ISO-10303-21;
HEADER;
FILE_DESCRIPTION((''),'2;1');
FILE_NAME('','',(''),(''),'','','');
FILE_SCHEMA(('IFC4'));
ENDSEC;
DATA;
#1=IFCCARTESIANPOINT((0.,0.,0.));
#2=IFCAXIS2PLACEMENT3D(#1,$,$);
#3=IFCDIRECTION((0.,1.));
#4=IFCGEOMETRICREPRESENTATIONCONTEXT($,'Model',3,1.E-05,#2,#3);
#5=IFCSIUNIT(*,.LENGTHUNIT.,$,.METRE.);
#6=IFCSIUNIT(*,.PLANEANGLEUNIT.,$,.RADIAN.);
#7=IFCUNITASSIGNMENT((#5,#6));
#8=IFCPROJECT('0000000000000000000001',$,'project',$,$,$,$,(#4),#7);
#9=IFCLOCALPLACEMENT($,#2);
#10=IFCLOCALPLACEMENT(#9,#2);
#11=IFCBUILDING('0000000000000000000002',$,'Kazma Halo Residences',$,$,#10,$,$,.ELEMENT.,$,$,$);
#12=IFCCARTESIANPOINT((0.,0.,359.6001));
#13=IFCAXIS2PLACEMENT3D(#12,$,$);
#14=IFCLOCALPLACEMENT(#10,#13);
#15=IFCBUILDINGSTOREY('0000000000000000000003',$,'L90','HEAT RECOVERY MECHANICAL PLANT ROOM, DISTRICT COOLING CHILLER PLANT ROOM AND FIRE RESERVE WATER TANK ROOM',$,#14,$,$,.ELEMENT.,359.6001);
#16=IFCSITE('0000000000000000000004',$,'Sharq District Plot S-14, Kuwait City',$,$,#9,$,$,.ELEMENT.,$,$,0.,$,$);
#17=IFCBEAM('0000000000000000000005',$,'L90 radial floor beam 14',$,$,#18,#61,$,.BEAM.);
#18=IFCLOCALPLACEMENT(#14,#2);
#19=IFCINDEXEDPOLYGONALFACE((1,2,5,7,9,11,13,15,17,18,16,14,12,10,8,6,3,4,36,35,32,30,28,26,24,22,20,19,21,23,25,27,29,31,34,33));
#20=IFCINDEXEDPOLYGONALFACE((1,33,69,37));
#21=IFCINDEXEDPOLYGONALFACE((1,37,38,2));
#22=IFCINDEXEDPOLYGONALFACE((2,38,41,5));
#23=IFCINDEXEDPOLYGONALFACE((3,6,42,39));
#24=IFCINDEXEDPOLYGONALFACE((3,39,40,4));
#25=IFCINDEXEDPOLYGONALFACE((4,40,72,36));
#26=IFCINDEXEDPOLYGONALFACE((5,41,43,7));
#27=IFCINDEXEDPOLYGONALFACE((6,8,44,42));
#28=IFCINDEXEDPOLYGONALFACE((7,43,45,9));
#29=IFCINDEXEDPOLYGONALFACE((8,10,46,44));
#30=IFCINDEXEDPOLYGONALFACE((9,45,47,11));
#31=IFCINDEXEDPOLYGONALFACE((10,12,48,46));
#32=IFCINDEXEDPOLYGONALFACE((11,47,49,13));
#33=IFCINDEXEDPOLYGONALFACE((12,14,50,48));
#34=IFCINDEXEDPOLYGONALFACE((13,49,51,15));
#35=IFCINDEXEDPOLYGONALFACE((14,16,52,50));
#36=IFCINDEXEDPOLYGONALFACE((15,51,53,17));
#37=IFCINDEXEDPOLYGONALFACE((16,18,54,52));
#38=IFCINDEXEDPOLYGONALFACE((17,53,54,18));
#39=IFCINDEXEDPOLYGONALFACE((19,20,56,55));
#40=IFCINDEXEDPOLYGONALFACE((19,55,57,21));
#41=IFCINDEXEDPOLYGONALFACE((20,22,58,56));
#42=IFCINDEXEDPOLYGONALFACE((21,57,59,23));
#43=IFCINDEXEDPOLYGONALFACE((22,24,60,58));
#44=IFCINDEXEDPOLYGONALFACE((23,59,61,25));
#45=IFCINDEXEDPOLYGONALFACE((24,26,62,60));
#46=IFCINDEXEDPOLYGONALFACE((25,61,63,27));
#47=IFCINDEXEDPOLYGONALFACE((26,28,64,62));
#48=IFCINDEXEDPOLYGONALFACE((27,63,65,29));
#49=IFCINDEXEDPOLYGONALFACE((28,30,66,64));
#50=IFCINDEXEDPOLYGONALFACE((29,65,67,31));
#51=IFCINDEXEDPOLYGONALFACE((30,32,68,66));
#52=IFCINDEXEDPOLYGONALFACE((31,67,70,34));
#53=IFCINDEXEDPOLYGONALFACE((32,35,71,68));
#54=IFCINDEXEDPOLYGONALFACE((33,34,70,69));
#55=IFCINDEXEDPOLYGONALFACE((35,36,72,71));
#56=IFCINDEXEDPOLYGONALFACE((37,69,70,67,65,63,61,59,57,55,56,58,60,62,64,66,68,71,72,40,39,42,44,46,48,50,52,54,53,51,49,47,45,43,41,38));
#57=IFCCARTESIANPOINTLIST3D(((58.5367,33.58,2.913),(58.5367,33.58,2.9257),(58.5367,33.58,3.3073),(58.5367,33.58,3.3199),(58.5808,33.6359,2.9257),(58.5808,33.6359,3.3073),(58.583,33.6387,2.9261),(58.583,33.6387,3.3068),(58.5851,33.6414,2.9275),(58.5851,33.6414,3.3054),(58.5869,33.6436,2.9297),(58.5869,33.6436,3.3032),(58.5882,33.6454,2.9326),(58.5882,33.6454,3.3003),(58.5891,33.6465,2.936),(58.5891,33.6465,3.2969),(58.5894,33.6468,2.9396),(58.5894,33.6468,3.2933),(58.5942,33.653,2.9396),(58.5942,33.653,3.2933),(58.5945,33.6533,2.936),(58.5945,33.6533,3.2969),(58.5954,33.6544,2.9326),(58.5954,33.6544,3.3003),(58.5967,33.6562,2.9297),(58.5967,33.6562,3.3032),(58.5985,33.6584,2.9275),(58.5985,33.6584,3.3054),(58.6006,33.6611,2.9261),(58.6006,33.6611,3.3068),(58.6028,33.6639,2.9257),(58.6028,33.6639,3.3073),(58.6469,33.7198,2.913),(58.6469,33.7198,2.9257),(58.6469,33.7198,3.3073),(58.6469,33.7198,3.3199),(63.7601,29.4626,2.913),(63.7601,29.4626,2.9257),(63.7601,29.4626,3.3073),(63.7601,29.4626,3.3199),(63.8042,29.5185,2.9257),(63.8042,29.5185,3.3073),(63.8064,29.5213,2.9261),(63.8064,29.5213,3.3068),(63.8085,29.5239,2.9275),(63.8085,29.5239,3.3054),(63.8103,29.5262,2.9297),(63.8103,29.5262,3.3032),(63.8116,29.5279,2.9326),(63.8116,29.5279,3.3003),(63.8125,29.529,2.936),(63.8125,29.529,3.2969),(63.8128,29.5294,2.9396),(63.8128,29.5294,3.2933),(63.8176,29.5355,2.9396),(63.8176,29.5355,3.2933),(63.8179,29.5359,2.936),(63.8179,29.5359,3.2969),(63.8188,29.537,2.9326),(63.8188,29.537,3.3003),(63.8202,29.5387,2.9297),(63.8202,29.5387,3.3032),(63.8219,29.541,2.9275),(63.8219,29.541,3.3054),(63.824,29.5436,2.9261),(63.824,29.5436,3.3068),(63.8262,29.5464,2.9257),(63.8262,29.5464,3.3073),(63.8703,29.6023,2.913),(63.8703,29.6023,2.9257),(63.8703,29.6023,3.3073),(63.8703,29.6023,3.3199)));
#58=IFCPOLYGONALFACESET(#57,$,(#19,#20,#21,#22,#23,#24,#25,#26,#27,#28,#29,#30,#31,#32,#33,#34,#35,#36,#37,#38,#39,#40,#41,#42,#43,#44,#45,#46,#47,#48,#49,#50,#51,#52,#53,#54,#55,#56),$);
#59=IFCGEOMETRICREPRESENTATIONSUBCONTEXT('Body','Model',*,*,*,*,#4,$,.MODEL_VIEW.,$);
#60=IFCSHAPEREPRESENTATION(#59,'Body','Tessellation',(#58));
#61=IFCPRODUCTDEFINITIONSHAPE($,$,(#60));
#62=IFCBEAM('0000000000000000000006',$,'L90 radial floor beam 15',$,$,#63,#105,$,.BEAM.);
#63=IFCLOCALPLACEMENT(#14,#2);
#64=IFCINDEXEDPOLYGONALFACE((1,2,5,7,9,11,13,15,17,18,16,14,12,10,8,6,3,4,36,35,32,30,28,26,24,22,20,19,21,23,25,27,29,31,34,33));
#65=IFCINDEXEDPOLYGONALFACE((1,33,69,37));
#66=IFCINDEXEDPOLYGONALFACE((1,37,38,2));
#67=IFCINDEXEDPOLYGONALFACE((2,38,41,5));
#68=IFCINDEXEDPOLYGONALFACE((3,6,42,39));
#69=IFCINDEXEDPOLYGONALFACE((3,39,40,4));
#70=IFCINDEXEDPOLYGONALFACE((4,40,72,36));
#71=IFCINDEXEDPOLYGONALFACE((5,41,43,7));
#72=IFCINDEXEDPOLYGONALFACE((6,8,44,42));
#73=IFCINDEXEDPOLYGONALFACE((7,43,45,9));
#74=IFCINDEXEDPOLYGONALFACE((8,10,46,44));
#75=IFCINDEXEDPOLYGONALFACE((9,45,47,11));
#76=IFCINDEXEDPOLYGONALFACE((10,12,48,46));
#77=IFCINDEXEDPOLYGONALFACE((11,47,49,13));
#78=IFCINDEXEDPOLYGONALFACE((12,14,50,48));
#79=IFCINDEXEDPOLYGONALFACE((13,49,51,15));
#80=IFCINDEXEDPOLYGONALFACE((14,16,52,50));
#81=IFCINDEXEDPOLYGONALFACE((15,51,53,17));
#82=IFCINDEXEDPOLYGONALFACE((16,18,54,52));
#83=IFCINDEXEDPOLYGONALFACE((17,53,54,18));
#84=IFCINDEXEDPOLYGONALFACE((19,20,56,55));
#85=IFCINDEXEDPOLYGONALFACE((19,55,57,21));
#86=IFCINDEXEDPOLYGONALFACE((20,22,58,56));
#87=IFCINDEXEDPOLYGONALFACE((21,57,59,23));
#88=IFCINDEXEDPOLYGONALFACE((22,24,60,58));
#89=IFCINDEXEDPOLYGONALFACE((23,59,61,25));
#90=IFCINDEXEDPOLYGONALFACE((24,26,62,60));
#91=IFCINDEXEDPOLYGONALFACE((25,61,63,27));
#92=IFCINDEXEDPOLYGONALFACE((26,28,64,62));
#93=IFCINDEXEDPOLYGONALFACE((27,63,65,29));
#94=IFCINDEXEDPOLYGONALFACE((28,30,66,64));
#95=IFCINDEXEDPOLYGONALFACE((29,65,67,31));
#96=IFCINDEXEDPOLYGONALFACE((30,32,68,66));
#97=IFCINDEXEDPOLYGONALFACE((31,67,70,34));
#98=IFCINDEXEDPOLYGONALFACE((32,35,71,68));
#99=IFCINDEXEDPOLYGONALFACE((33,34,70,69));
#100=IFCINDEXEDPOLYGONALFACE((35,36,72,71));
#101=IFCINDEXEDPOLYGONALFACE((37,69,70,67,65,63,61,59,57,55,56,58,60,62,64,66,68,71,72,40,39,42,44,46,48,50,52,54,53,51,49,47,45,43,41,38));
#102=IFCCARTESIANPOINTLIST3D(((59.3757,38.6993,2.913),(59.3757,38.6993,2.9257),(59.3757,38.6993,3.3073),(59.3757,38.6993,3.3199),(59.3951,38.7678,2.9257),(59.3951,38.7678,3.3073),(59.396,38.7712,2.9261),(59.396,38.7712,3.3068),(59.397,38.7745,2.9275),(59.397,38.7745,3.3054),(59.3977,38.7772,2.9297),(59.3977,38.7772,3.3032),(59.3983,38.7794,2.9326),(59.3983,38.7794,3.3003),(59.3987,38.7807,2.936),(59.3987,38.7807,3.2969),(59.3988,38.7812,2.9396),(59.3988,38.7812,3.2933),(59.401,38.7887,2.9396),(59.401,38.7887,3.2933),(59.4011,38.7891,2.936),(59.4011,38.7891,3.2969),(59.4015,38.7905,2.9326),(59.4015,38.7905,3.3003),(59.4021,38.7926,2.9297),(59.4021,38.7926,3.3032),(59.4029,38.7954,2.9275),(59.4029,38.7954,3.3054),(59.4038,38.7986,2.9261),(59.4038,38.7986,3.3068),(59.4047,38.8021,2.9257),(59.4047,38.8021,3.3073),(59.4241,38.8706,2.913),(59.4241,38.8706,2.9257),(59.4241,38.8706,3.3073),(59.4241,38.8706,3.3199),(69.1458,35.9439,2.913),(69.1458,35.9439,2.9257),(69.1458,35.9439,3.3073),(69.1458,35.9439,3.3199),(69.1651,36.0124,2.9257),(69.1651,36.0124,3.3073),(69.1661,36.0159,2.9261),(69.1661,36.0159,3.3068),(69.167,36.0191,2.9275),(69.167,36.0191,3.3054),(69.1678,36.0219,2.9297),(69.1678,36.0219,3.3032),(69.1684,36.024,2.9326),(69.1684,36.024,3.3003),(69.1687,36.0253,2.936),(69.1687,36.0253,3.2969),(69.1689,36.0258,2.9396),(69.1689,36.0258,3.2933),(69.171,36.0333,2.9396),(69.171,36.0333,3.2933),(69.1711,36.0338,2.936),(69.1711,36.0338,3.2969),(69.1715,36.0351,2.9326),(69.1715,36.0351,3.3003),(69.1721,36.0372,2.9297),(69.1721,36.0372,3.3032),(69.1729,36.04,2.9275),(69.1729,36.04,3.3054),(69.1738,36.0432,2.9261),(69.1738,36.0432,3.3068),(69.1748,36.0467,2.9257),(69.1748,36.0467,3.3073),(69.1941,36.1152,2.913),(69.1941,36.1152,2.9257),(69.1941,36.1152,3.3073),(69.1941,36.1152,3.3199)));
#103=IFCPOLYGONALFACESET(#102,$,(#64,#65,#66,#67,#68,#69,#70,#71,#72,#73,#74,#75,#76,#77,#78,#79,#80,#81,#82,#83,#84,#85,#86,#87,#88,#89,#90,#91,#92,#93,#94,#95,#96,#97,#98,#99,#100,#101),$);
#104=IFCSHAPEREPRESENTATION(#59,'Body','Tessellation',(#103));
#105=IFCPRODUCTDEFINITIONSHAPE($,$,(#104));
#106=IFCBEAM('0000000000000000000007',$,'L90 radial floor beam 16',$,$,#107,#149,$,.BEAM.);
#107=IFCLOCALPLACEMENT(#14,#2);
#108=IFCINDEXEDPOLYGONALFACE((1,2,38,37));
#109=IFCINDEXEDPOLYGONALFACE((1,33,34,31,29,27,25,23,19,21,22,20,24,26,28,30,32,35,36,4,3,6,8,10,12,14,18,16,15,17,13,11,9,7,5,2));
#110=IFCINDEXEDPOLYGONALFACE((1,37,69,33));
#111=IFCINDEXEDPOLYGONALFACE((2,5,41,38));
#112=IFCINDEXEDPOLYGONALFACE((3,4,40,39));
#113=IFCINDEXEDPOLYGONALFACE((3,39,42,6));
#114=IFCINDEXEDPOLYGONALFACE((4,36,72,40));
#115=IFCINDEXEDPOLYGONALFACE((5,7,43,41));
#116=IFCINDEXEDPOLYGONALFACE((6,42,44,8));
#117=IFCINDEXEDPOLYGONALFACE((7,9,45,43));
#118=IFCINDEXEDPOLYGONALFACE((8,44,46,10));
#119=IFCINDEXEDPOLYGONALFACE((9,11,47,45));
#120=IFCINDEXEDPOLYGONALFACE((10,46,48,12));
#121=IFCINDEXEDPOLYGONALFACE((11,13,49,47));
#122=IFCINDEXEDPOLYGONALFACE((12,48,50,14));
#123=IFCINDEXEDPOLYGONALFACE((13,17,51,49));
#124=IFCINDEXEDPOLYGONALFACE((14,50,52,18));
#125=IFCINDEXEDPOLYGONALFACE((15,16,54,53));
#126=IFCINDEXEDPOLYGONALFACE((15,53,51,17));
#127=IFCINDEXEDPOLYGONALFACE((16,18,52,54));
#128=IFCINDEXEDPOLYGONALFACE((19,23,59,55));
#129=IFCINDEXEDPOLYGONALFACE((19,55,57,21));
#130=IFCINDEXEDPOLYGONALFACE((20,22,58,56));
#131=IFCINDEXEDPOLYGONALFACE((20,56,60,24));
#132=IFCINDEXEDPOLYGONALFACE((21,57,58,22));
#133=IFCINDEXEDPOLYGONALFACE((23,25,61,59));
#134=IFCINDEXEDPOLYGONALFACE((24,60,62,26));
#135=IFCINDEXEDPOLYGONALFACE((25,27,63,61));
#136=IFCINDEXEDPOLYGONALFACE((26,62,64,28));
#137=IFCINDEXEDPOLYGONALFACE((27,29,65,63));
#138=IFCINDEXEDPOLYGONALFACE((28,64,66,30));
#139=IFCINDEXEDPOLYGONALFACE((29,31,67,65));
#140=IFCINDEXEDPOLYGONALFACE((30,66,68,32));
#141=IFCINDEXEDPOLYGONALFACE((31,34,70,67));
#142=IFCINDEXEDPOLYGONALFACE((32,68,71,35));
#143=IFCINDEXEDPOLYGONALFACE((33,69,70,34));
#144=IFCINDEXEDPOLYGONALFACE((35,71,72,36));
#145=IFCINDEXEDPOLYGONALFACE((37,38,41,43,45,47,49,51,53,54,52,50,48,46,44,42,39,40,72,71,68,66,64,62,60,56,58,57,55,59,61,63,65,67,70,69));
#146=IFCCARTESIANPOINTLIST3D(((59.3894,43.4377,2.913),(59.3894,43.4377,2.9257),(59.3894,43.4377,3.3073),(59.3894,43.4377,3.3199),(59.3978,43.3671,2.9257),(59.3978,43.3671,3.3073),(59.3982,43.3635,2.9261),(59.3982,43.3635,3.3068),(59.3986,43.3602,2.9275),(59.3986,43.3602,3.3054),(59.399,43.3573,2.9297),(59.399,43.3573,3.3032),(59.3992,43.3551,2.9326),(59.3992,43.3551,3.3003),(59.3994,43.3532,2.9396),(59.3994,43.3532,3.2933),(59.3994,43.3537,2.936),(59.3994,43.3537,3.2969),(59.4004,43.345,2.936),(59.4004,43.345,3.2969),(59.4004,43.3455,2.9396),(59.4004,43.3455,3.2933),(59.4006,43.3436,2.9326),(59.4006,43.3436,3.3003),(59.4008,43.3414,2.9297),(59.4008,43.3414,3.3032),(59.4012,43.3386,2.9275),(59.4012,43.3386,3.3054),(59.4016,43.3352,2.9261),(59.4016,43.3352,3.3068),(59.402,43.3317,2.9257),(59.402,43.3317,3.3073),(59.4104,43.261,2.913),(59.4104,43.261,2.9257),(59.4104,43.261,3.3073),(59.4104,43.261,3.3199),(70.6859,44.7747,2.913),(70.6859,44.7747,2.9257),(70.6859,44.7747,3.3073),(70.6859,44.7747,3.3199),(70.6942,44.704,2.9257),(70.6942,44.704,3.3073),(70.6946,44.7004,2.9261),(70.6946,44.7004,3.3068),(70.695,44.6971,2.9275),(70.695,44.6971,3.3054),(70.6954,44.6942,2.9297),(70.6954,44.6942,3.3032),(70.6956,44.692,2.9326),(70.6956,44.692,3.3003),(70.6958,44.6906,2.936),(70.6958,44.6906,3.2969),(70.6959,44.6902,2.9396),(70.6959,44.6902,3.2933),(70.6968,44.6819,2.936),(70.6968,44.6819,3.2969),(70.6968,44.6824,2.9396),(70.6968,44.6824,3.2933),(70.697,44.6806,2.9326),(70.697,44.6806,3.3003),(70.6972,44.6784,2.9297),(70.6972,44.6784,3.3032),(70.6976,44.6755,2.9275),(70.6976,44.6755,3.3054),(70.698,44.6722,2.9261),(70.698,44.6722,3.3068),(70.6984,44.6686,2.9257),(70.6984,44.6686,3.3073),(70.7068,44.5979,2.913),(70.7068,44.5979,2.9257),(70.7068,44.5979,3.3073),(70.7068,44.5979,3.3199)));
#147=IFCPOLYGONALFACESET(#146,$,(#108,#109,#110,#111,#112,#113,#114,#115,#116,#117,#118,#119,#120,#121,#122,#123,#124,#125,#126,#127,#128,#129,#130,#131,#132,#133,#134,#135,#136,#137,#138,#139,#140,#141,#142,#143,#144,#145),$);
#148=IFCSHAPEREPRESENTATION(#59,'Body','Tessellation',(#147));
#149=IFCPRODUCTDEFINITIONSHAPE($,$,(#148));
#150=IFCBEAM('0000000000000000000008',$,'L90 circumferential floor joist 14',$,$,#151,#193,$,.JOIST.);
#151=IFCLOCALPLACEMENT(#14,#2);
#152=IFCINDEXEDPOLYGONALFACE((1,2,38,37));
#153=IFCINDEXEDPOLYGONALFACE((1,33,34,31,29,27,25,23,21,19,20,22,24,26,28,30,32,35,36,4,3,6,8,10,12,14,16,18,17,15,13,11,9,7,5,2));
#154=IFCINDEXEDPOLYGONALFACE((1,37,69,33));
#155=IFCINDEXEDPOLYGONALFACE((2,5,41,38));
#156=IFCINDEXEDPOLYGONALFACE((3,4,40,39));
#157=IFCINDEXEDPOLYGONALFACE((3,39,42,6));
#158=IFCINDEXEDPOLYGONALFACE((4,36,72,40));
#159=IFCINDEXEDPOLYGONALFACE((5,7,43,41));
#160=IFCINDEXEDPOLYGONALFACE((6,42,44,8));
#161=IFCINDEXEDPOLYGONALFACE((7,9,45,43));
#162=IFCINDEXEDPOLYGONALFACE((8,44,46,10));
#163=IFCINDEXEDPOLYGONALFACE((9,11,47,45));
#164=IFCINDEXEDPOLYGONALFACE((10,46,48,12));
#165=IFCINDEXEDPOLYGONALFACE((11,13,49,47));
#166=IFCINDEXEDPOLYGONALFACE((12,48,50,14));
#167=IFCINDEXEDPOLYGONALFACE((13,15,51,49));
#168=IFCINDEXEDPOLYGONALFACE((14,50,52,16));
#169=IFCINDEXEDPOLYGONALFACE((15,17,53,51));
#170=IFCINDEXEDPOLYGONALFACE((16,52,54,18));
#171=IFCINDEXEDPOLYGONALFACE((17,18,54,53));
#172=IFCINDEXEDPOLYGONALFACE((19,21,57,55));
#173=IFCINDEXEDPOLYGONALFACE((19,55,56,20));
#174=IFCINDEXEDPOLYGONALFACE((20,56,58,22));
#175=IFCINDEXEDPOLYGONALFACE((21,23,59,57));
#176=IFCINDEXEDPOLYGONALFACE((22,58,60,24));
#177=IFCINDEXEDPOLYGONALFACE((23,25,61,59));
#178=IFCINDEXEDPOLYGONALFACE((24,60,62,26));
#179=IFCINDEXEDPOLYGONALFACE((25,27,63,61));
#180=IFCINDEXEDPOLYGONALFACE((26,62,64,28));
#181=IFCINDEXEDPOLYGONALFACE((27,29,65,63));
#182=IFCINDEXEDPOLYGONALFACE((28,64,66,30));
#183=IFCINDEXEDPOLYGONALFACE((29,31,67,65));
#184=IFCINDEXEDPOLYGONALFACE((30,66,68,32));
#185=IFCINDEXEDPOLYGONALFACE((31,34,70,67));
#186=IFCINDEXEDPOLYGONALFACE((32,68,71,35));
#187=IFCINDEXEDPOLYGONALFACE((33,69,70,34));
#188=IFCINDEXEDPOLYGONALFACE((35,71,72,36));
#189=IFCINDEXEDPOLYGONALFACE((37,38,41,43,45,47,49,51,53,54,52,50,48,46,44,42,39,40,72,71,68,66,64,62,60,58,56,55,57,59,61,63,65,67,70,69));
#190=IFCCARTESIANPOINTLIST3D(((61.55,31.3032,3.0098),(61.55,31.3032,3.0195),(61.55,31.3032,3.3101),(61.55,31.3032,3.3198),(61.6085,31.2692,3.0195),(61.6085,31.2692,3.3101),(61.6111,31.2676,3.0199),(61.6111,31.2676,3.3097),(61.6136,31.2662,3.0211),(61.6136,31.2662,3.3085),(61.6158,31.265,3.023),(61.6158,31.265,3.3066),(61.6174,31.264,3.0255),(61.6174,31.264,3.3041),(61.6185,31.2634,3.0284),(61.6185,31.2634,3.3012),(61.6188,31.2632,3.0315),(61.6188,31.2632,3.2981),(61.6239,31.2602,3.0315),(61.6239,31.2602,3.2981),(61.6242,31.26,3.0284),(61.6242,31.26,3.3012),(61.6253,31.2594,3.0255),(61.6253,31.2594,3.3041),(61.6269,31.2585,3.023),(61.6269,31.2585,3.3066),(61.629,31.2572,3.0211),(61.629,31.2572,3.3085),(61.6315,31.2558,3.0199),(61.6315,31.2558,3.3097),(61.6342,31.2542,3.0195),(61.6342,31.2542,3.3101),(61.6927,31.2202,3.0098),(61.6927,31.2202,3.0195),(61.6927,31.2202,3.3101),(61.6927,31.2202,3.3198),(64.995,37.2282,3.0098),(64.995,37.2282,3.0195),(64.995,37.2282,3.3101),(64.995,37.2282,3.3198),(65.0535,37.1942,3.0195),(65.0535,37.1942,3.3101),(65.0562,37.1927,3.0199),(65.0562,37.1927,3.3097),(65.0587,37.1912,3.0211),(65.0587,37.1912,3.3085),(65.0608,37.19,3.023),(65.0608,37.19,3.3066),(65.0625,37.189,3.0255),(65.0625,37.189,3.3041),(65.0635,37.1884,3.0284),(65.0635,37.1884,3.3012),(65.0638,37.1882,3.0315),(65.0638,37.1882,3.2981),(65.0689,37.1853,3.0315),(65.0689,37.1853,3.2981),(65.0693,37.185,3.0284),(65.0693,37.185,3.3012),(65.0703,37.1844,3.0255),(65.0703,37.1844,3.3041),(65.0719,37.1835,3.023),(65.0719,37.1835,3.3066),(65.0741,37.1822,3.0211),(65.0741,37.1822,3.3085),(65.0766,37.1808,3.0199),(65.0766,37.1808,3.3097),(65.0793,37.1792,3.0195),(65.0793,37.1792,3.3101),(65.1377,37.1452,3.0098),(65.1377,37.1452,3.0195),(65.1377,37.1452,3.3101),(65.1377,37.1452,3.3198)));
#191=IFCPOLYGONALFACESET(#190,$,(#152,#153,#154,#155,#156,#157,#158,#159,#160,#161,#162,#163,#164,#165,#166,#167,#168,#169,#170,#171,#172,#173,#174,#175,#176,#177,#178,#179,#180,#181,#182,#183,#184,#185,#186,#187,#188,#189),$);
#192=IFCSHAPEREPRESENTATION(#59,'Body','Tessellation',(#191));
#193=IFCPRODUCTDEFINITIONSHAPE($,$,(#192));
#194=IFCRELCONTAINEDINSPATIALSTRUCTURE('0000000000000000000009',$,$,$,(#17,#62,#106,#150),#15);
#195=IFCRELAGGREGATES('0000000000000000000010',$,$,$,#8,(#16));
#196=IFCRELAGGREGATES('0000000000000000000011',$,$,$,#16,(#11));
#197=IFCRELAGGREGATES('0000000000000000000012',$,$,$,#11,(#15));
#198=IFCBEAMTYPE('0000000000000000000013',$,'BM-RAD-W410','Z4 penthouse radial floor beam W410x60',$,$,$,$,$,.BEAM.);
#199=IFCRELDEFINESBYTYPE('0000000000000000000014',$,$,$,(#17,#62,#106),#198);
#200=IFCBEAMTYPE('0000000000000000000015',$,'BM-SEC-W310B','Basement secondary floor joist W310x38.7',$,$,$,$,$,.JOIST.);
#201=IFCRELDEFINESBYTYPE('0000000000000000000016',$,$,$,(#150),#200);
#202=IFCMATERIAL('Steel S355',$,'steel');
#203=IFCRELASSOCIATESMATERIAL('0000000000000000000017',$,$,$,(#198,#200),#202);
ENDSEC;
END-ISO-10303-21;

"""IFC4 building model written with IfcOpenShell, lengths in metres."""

from ifc_helpers import new_model, si_unit, direction, frame, origin, origin_2d, place, context, subcontext, project, spatial, i_section, extrude, material, material_profile, profile_set, type_object, element, save


model = new_model("IFC4")

# Units and contexts
model_context = context("Model", 3, precision=1e-05, world=origin(), true_north=direction((0.0, 1.0)))
body_context = subcontext(model_context, "Body", "Model", "MODEL_VIEW")
ifc_project = project(units=[si_unit("LENGTHUNIT", "METRE"), si_unit("PLANEANGLEUNIT", "RADIAN")], contexts=[model_context])

# Site, building, storey
site_placement = place(None, origin())
site = spatial("IfcSite", under=ifc_project, at=site_placement, Name="Sharq District Plot S-14, Kuwait City", CompositionType="ELEMENT", RefElevation=0.0)
building_placement = place(site_placement, origin())
building = spatial("IfcBuilding", under=site, at=building_placement, Name="Kazma Halo Residences", CompositionType="ELEMENT")
storey_placement = place(building_placement, frame((0.0, 0.0, 359.6001)))
storey = spatial("IfcBuildingStorey", under=building, at=storey_placement, Name="L90", Description="HEAT RECOVERY MECHANICAL PLANT ROOM, DISTRICT COOLING CHILLER PLANT ROOM AND FIRE RESERVE WATER TANK ROOM", CompositionType="ELEMENT", Elevation=359.6001)

# Shared definitions
ifc_material_1 = material(Name="Steel S355", Category="steel")

# Beams
ifc_material_profile_1 = material_profile(ifc_material_1, i_section(OverallWidth=0.178, OverallDepth=0.407, WebThickness=0.0078, FlangeThickness=0.0127, FilletRadius=0.0139, at=origin_2d()), Name="W410x60")
ifc_profile_set_1 = profile_set([ifc_material_profile_1], Name="Steel S355")
beam_type_1 = type_object("IfcBeamType", Name="BM-RAD-W410", Description="Z4 penthouse radial floor beam W410x60", PredefinedType="BEAM", material=ifc_profile_set_1)
beam_1_placement = place(storey_placement, frame((58.5918, 33.6499, 3.1165), z_axis=(0.785343, -0.619061, 0.0), x_axis=(0.619061, 0.785343, 0.0)))
element("IfcBeam", 1, at=beam_1_placement, inside=storey, type_object=beam_type_1, Name="L90 radial floor beam 14", PredefinedType="BEAM", context=body_context, shape_type="SweptSolid", body=[
    extrude(i_section(OverallWidth=0.178, OverallDepth=0.407, WebThickness=0.0078, FlangeThickness=0.0127, FilletRadius=0.0139, at=origin_2d()), origin(), (0.0, 0.0, 1.0), 6.6511),
])
beam_2_placement = place(storey_placement, frame((59.3999, 38.7849, 3.1165), z_axis=(0.962457, -0.271435, 0.0), x_axis=(0.271435, 0.962457, 0.0)))
element("IfcBeam", 2, at=beam_2_placement, inside=storey, type_object=beam_type_1, Name="L90 radial floor beam 15", PredefinedType="BEAM", context=body_context, shape_type="SweptSolid", body=[
    extrude(i_section(OverallWidth=0.178, OverallDepth=0.407, WebThickness=0.0078, FlangeThickness=0.0127, FilletRadius=0.0139, at=origin_2d()), origin(), (0.0, 0.0, 1.0), 10.1511),
])
beam_3_placement = place(storey_placement, frame((59.3999, 43.3494, 3.1165), z_axis=(0.993069, 0.117529, 0.0), x_axis=(-0.117529, 0.993069, 0.0)))
element("IfcBeam", 3, at=beam_3_placement, inside=storey, type_object=beam_type_1, Name="L90 radial floor beam 16", PredefinedType="BEAM", context=body_context, shape_type="SweptSolid", body=[
    extrude(i_section(OverallWidth=0.178, OverallDepth=0.407, WebThickness=0.0078, FlangeThickness=0.0127, FilletRadius=0.0139, at=origin_2d()), origin(), (0.0, 0.0, 1.0), 11.3752),
])
ifc_material_profile_2 = material_profile(ifc_material_1, i_section(OverallWidth=0.165, OverallDepth=0.3101, WebThickness=0.0059, FlangeThickness=0.0098, FilletRadius=0.012, at=origin_2d()), Name="W310x38.7")
ifc_profile_set_2 = profile_set([ifc_material_profile_2], Name="Steel S355")
beam_type_2 = type_object("IfcBeamType", Name="BM-SEC-W310B", Description="Basement secondary floor joist W310x38.7", PredefinedType="JOIST", material=ifc_profile_set_2)
beam_4_placement = place(storey_placement, frame((61.6213, 31.2617, 3.1648), z_axis=(0.50265, 0.86449, 0.0), x_axis=(-0.86449, 0.50265, 0.0)))
element("IfcBeam", 4, at=beam_4_placement, inside=storey, type_object=beam_type_2, Name="L90 circumferential floor joist 14", PredefinedType="JOIST", context=body_context, shape_type="SweptSolid", body=[
    extrude(i_section(OverallWidth=0.165, OverallDepth=0.3101, WebThickness=0.0059, FlangeThickness=0.0098, FilletRadius=0.012, at=origin_2d()), origin(), (0.0, 0.0, 1.0), 6.8538),
])

save(model, "model.ifc")
